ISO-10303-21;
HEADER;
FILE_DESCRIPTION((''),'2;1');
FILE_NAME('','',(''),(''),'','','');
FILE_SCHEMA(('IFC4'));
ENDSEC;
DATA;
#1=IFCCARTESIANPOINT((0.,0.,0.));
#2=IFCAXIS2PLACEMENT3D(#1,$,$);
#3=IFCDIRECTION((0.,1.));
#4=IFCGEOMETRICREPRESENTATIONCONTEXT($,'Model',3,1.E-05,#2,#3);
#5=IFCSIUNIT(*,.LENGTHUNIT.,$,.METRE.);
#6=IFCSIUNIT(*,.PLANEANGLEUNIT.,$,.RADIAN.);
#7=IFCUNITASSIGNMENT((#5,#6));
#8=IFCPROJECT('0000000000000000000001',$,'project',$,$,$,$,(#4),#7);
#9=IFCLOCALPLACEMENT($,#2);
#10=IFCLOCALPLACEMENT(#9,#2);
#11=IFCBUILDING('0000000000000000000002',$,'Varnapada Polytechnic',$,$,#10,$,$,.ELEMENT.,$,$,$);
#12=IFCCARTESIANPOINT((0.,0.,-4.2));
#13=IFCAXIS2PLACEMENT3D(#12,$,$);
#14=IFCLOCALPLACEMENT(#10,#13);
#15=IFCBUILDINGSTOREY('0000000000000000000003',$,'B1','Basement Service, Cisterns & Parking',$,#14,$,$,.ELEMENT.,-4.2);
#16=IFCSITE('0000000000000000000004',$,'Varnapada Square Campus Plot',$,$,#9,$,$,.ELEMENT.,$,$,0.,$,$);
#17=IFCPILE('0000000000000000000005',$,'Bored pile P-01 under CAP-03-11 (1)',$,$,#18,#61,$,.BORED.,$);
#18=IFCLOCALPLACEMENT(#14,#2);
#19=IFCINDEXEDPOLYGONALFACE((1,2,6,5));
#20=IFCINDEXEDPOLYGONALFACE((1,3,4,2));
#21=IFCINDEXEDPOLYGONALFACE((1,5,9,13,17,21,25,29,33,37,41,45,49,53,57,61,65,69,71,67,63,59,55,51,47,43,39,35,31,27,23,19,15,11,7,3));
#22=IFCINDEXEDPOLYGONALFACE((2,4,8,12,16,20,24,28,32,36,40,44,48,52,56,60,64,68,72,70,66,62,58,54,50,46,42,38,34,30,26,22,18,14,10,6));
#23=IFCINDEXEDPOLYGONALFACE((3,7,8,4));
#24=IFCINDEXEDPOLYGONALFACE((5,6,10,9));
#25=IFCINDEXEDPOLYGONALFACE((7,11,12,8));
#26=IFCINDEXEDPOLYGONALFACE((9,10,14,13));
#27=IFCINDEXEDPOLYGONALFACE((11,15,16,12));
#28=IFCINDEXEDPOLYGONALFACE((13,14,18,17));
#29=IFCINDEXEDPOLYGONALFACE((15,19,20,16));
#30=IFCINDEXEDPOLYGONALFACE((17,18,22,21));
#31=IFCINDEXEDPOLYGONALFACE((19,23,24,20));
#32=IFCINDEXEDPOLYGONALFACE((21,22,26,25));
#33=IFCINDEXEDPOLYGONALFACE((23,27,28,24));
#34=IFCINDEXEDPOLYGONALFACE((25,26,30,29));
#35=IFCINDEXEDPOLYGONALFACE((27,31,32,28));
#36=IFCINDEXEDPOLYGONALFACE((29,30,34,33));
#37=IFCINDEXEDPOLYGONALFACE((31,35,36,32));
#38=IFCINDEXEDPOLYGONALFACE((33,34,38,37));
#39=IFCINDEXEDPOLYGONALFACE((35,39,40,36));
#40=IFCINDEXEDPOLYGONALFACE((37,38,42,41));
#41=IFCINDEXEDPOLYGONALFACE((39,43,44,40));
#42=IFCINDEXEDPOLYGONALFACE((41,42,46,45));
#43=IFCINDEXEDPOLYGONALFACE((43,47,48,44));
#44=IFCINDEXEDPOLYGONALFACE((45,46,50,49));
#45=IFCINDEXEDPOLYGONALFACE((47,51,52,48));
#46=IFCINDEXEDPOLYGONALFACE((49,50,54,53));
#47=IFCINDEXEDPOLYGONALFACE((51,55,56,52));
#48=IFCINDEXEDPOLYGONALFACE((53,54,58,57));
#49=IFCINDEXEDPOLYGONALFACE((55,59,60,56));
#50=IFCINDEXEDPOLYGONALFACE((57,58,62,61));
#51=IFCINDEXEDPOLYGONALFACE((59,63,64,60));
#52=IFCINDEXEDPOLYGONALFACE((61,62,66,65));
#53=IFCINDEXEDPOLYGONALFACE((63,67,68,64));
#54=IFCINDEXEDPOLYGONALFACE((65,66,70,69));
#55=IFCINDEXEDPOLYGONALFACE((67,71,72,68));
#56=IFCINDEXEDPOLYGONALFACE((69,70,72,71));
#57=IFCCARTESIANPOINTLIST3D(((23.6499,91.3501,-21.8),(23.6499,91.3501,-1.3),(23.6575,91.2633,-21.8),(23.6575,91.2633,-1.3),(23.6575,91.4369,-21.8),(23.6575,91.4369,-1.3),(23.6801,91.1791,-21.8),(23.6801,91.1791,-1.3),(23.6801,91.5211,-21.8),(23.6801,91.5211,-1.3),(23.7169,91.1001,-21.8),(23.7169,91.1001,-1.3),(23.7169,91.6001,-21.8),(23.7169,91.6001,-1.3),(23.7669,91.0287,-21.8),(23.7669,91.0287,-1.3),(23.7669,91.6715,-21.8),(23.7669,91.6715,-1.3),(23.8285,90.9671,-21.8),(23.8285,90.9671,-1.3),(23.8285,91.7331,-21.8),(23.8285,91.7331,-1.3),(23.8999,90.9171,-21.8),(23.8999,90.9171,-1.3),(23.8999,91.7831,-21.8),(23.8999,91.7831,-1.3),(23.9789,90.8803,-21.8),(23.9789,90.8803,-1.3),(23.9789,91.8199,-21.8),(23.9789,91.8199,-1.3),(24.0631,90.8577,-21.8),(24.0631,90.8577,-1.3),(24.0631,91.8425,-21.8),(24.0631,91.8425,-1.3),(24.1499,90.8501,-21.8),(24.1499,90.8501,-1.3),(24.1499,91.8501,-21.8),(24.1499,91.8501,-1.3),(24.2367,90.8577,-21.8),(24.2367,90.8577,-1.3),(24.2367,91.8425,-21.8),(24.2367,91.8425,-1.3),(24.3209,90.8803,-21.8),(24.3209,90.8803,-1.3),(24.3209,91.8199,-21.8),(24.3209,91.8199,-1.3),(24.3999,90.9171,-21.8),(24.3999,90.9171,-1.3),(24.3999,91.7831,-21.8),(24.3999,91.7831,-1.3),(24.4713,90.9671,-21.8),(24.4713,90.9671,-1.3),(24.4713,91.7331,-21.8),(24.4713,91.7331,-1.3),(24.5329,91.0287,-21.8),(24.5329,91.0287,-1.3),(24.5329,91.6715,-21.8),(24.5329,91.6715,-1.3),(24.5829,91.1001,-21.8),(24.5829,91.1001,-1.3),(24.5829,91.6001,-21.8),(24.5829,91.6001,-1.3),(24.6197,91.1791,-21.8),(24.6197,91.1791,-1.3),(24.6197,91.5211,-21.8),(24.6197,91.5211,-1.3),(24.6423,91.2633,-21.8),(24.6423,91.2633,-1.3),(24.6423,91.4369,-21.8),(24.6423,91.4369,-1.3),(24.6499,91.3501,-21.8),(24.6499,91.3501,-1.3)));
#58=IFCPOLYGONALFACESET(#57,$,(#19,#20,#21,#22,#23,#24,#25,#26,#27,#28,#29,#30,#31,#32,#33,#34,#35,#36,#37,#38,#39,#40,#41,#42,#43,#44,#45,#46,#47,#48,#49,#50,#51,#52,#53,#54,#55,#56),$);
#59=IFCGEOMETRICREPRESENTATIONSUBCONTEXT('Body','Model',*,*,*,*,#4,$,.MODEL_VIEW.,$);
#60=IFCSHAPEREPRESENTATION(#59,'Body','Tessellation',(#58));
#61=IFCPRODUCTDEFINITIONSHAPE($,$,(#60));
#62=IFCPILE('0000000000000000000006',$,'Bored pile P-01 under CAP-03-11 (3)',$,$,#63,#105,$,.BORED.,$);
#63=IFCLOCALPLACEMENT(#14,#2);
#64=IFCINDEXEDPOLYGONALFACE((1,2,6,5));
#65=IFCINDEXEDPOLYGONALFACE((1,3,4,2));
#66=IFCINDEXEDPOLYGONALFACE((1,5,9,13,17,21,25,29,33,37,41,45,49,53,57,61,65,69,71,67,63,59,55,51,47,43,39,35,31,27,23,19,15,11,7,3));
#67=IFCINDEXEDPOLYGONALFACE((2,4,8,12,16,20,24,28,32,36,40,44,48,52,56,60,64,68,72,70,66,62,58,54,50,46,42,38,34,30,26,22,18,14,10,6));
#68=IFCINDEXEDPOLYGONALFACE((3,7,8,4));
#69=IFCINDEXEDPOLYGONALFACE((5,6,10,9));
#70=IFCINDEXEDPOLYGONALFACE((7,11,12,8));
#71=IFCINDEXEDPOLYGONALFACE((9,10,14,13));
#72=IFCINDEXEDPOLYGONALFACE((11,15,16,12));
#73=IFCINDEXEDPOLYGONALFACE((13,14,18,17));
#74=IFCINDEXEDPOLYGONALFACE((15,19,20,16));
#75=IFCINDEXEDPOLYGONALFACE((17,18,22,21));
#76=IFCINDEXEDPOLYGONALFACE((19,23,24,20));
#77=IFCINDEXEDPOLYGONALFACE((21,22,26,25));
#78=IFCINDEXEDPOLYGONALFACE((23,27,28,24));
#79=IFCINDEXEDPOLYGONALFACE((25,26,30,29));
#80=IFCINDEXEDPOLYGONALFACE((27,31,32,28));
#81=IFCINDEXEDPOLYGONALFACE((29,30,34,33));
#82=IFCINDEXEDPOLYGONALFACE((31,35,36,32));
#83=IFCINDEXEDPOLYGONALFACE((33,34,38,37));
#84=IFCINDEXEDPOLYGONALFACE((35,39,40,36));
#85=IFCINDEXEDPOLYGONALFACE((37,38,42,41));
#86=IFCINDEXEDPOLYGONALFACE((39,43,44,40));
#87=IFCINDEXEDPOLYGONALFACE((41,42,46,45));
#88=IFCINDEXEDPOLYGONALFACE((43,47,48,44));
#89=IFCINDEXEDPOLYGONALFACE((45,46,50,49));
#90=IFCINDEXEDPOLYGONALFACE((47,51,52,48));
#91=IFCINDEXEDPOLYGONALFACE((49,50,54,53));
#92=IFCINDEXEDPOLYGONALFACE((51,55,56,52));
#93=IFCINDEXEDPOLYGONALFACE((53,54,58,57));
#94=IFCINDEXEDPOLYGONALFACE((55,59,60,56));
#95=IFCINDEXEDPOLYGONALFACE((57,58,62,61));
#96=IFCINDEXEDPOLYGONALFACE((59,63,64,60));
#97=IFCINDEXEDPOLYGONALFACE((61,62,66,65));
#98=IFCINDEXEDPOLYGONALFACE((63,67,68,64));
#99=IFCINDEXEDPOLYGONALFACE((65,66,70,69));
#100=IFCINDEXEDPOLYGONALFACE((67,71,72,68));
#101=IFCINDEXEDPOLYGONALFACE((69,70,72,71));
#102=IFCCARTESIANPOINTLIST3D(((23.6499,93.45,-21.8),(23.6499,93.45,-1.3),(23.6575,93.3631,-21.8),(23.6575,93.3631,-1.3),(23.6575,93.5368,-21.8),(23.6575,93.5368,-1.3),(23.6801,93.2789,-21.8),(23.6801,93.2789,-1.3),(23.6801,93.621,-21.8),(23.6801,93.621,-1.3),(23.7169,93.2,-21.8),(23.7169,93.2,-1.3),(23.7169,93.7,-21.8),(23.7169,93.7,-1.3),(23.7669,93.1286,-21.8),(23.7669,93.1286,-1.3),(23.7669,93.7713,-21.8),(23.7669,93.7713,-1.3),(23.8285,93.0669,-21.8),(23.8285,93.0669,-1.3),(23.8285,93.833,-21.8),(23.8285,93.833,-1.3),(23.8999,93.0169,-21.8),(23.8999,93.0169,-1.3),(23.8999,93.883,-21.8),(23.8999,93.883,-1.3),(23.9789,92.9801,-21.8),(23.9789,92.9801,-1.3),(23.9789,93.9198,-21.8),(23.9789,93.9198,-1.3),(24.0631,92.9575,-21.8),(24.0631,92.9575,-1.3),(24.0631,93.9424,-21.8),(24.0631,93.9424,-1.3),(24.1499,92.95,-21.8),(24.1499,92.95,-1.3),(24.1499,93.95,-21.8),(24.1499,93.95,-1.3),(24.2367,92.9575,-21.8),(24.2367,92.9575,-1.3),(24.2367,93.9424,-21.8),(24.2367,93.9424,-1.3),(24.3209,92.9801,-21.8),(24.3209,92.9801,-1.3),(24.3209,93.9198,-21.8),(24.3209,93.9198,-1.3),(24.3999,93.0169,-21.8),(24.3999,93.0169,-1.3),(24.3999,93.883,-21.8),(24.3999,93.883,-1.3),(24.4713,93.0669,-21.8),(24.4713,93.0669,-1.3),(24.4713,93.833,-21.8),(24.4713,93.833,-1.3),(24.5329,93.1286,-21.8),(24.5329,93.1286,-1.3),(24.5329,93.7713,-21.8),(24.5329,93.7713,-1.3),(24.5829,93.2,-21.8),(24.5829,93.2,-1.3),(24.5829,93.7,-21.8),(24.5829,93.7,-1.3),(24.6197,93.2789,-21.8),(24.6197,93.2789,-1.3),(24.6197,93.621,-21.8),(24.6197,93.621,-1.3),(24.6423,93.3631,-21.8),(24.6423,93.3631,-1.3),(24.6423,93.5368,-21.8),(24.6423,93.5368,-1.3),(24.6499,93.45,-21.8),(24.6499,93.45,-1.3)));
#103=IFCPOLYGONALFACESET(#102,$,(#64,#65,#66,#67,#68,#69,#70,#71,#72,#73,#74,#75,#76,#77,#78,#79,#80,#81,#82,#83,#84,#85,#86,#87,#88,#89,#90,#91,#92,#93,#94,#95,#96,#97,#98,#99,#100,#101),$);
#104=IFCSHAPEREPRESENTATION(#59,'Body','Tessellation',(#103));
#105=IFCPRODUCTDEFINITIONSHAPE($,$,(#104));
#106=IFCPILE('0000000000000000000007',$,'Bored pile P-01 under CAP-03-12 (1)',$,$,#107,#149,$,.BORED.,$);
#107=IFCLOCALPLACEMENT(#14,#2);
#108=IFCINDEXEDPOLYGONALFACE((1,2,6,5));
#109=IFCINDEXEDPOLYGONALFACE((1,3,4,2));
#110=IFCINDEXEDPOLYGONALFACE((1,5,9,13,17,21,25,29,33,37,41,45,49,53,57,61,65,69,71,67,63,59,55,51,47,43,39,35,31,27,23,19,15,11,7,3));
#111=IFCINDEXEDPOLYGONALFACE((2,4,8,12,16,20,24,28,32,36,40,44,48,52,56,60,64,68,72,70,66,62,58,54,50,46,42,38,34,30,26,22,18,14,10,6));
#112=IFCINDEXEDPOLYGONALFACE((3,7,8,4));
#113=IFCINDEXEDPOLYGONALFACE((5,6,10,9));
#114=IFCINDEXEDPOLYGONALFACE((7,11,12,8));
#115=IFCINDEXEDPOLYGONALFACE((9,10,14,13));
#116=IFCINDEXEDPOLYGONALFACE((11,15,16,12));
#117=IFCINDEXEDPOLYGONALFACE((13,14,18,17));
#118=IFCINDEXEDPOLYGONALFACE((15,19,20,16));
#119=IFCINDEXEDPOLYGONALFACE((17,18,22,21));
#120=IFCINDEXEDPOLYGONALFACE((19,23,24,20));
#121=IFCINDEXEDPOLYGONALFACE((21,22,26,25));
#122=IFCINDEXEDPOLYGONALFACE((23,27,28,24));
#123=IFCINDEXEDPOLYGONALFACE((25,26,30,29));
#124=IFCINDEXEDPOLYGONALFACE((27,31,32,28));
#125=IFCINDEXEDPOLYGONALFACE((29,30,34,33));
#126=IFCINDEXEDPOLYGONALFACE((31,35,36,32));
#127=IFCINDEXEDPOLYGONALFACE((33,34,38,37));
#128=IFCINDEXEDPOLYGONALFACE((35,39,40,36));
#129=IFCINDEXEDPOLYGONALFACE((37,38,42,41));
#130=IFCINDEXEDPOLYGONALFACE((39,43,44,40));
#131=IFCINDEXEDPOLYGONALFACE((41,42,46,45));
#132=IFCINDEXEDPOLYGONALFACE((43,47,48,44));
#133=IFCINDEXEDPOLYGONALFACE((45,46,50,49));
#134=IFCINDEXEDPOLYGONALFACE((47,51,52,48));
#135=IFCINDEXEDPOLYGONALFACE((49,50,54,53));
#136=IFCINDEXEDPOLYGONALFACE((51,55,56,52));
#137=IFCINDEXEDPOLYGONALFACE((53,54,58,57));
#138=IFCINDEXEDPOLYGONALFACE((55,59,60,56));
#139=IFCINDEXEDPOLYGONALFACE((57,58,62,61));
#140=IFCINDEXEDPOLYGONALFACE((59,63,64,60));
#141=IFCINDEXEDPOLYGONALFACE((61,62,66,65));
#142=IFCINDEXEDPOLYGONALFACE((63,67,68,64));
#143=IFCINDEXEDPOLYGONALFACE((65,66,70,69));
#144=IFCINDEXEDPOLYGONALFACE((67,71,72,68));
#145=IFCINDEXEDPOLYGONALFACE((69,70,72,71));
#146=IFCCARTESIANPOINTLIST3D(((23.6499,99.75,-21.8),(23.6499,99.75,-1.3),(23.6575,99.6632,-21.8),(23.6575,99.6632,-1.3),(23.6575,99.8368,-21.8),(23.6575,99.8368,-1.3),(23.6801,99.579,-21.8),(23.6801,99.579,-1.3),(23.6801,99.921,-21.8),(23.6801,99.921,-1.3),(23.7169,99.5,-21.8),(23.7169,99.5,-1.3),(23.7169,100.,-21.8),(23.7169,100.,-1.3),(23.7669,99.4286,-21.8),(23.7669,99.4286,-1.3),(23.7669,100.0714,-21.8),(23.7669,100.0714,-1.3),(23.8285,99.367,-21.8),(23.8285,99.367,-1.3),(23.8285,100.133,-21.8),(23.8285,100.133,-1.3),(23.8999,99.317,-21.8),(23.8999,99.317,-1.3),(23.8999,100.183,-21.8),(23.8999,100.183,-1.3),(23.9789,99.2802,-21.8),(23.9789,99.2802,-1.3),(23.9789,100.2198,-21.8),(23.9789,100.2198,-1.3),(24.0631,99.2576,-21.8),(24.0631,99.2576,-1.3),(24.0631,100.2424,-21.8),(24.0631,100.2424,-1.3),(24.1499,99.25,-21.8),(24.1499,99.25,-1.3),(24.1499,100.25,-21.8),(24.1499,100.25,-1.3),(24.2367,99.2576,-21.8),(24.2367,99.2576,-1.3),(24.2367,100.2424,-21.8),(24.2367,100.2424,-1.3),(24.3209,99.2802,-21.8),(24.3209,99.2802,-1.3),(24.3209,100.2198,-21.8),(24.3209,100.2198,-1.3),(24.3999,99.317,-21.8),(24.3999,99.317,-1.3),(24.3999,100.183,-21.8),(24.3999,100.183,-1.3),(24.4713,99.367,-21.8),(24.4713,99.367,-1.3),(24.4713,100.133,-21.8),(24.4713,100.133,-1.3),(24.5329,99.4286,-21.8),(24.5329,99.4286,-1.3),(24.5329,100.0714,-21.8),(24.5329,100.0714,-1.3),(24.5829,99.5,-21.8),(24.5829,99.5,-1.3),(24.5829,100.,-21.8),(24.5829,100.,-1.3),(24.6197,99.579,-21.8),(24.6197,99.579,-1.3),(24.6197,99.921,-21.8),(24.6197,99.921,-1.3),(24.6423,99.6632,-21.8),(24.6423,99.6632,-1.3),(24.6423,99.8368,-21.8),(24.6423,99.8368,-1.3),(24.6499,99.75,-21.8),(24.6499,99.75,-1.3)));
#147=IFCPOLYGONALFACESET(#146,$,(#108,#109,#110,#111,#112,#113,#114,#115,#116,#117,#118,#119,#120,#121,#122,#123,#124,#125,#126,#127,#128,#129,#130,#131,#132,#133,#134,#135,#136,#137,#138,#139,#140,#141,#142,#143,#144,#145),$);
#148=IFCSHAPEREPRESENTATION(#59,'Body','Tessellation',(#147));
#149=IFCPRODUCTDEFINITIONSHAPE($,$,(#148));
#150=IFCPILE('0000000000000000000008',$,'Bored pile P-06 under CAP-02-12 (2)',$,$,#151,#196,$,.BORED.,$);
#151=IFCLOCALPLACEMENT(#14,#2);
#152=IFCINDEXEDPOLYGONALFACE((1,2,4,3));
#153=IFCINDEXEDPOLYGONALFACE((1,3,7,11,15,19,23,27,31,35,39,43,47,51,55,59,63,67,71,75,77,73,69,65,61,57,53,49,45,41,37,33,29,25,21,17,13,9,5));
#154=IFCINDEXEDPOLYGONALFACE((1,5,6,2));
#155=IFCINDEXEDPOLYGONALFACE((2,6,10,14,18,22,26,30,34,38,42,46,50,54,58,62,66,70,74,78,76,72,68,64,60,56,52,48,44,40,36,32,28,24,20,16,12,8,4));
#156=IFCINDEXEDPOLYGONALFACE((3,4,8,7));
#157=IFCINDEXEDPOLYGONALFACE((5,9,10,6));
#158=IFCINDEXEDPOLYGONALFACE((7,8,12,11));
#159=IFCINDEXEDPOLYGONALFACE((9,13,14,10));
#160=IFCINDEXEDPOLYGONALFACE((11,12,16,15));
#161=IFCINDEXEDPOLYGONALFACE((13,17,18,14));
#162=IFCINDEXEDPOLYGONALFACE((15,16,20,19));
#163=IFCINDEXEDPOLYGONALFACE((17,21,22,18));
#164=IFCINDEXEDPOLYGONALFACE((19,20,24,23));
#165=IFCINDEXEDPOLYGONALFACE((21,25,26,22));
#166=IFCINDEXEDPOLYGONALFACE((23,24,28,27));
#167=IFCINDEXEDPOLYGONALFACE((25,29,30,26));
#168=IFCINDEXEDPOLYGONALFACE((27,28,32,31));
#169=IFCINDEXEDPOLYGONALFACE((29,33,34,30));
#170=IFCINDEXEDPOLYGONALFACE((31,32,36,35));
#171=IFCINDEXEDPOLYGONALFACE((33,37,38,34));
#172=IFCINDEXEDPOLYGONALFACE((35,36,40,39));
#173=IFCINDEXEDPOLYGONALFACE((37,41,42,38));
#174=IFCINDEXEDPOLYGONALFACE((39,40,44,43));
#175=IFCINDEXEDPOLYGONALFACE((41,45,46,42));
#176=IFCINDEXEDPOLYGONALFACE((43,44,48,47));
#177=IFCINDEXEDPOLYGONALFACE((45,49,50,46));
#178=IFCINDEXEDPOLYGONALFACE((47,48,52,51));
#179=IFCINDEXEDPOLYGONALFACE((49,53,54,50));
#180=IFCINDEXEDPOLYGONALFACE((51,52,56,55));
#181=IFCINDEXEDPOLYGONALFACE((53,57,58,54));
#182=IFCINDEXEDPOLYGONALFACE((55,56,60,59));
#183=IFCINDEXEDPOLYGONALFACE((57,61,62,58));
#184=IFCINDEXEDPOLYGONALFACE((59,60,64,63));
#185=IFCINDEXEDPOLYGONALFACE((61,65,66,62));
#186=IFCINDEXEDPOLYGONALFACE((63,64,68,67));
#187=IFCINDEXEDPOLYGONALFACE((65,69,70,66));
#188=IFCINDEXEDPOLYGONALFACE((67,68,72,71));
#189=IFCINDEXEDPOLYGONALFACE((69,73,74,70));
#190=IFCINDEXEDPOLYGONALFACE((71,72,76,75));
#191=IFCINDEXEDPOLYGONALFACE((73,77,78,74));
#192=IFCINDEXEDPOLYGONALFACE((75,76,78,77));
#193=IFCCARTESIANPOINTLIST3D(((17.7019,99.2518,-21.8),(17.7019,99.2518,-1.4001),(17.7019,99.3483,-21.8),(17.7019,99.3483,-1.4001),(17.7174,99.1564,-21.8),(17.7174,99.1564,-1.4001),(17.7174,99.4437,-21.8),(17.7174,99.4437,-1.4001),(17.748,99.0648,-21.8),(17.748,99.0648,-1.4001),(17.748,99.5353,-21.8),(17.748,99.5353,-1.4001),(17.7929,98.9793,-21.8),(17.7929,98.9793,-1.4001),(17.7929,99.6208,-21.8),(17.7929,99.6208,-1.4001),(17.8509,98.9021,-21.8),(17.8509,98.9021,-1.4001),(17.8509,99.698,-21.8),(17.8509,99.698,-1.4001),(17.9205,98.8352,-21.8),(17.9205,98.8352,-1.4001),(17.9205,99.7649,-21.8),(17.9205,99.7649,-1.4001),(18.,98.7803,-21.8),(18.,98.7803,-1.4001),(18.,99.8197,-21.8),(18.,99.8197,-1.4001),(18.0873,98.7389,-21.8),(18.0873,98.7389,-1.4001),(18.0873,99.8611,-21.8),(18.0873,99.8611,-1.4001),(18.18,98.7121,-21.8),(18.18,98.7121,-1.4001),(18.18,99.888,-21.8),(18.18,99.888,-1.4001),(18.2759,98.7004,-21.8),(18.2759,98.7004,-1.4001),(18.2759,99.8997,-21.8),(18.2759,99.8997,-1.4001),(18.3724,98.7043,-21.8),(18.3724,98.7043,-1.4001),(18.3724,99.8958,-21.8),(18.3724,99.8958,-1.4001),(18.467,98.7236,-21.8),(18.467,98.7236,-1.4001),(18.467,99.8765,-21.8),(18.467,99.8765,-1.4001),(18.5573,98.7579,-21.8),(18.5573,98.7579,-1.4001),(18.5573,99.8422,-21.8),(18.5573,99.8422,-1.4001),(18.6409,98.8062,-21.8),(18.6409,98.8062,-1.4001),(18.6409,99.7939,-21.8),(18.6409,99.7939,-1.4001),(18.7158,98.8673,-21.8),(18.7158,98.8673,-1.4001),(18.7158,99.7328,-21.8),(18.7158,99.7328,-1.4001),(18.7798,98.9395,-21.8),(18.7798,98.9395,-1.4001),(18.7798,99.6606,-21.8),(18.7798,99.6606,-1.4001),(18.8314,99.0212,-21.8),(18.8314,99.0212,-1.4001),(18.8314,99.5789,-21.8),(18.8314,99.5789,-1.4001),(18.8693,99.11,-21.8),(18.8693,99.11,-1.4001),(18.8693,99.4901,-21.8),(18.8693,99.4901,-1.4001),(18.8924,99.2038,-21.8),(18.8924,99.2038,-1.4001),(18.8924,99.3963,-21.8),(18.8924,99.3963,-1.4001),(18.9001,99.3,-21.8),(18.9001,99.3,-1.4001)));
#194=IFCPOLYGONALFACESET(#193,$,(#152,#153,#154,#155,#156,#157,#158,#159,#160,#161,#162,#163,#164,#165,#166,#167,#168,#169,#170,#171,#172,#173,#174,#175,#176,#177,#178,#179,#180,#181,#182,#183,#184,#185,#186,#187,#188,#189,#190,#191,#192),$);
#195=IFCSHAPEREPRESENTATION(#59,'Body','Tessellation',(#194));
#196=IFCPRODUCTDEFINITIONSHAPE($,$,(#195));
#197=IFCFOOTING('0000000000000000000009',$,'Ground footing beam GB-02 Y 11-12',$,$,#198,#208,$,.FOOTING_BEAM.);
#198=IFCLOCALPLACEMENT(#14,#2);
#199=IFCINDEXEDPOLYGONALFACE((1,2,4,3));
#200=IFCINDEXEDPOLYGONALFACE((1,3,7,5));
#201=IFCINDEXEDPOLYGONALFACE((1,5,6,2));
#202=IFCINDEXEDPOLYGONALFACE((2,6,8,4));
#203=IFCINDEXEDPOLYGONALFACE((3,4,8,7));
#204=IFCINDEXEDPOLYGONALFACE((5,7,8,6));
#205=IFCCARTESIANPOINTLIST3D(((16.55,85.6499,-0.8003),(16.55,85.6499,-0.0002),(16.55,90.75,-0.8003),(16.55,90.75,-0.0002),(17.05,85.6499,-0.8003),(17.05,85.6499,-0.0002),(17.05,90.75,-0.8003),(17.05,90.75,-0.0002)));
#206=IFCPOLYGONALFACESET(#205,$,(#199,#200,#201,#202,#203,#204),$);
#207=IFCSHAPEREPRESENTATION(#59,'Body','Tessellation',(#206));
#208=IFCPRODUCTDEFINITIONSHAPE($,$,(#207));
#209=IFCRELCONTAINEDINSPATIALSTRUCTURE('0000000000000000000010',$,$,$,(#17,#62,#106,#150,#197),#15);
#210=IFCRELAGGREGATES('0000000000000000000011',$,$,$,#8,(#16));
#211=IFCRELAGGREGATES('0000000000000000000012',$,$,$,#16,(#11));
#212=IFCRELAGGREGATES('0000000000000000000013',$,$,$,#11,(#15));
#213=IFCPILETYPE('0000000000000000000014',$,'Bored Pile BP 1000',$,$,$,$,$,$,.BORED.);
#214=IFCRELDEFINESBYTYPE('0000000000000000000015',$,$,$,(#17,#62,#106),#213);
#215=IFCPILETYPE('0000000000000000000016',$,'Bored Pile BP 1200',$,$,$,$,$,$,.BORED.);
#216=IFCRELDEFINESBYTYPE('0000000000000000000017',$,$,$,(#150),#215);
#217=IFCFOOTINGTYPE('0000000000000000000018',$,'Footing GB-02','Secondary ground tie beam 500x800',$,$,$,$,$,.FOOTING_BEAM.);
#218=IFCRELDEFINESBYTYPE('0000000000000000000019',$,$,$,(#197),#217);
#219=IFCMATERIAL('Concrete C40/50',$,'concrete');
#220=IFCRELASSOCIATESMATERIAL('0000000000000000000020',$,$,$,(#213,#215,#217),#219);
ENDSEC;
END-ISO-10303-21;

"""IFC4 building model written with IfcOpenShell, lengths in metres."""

from ifc_helpers import new_model, si_unit, direction, frame, origin, origin_2d, place, context, subcontext, project, spatial, rectangle, circle, extrude, material, material_profile, profile_set, type_object, element, save


model = new_model("IFC4")

# Units and contexts
model_context = context("Model", 3, precision=1e-05, world=origin(), true_north=direction((0.0, 1.0)))
body_context = subcontext(model_context, "Body", "Model", "MODEL_VIEW")
ifc_project = project(units=[si_unit("LENGTHUNIT", "METRE"), si_unit("PLANEANGLEUNIT", "RADIAN")], contexts=[model_context])

# Site, building, storey
site_placement = place(None, origin())
site = spatial("IfcSite", under=ifc_project, at=site_placement, Name="Varnapada Square Campus Plot", CompositionType="ELEMENT", RefElevation=0.0)
building_placement = place(site_placement, origin())
building = spatial("IfcBuilding", under=site, at=building_placement, Name="Varnapada Polytechnic", CompositionType="ELEMENT")
storey_placement = place(building_placement, frame((0.0, 0.0, -4.2)))
storey = spatial("IfcBuildingStorey", under=building, at=storey_placement, Name="B1", Description="Basement Service, Cisterns & Parking", CompositionType="ELEMENT", Elevation=-4.2)

# Piles
ifc_material_1 = material(Name="Concrete C40/50", Category="concrete")
ifc_material_profile_1 = material_profile(ifc_material_1, circle(Radius=0.5, at=origin_2d()), Name="BP 1000")
ifc_profile_set_1 = profile_set([ifc_material_profile_1], Name="Concrete C40/50")
pile_type_1 = type_object("IfcPileType", Name="Bored Pile BP 1000", PredefinedType="BORED", material=ifc_profile_set_1)
for number, where, z_axis, x_axis, name in (
    (1, (24.1499, 91.3501, -1.3), (0.0, 0.0, -1.0), (1.0, 0.0, 0.0), "Bored pile P-01 under CAP-03-11 (1)"),
    (2, (24.1499, 93.45, -1.3), (0.0, 0.0, -1.0), (1.0, 0.0, 0.0), "Bored pile P-01 under CAP-03-11 (3)"),
    (3, (24.1499, 99.75, -1.3), (0.0, 0.0, -1.0), (1.0, 0.0, 0.0), "Bored pile P-01 under CAP-03-12 (1)"),
):
    element("IfcPile", number, at=place(storey_placement, frame(where, z_axis=z_axis, x_axis=x_axis)), inside=storey, type_object=pile_type_1, Name=name, PredefinedType="BORED", context=body_context, shape_type="SweptSolid", body=[
        extrude(circle(Radius=0.5, at=origin_2d()), origin(), (0.0, 0.0, 1.0), 20.5),
    ])
ifc_material_profile_2 = material_profile(ifc_material_1, circle(Radius=0.6001, at=origin_2d()), Name="BP 1200")
ifc_profile_set_2 = profile_set([ifc_material_profile_2], Name="Concrete C40/50")
pile_type_2 = type_object("IfcPileType", Name="Bored Pile BP 1200", PredefinedType="BORED", material=ifc_profile_set_2)
pile_placement = place(storey_placement, frame((18.3, 99.3, -1.4001), z_axis=(0.0, 0.0, -1.0), x_axis=(1.0, 0.0, 0.0)))
element("IfcPile", 4, at=pile_placement, inside=storey, type_object=pile_type_2, Name="Bored pile P-06 under CAP-02-12 (2)", PredefinedType="BORED", context=body_context, shape_type="SweptSolid", body=[
    extrude(circle(Radius=0.6001, at=origin_2d()), origin(), (0.0, 0.0, 1.0), 20.3999),
])

# Footing
footing_type_1 = type_object("IfcFootingType", Name="Footing GB-02", Description="Secondary ground tie beam 500x800", PredefinedType="FOOTING_BEAM", material=ifc_material_1)
footing_1_placement = place(storey_placement, frame((16.8, 88.2, -0.8003), z_axis=(0.0, 0.0, 1.0), x_axis=(0.0, 1.0, 0.0)))
element("IfcFooting", 5, at=footing_1_placement, inside=storey, type_object=footing_type_1, Name="Ground footing beam GB-02 Y 11-12", PredefinedType="FOOTING_BEAM", context=body_context, shape_type="SweptSolid", body=[
    extrude(rectangle(XDim=5.1001, YDim=0.5, at=origin_2d()), origin(), (0.0, 0.0, 1.0), 0.8),
])

save(model, "model.ifc")
